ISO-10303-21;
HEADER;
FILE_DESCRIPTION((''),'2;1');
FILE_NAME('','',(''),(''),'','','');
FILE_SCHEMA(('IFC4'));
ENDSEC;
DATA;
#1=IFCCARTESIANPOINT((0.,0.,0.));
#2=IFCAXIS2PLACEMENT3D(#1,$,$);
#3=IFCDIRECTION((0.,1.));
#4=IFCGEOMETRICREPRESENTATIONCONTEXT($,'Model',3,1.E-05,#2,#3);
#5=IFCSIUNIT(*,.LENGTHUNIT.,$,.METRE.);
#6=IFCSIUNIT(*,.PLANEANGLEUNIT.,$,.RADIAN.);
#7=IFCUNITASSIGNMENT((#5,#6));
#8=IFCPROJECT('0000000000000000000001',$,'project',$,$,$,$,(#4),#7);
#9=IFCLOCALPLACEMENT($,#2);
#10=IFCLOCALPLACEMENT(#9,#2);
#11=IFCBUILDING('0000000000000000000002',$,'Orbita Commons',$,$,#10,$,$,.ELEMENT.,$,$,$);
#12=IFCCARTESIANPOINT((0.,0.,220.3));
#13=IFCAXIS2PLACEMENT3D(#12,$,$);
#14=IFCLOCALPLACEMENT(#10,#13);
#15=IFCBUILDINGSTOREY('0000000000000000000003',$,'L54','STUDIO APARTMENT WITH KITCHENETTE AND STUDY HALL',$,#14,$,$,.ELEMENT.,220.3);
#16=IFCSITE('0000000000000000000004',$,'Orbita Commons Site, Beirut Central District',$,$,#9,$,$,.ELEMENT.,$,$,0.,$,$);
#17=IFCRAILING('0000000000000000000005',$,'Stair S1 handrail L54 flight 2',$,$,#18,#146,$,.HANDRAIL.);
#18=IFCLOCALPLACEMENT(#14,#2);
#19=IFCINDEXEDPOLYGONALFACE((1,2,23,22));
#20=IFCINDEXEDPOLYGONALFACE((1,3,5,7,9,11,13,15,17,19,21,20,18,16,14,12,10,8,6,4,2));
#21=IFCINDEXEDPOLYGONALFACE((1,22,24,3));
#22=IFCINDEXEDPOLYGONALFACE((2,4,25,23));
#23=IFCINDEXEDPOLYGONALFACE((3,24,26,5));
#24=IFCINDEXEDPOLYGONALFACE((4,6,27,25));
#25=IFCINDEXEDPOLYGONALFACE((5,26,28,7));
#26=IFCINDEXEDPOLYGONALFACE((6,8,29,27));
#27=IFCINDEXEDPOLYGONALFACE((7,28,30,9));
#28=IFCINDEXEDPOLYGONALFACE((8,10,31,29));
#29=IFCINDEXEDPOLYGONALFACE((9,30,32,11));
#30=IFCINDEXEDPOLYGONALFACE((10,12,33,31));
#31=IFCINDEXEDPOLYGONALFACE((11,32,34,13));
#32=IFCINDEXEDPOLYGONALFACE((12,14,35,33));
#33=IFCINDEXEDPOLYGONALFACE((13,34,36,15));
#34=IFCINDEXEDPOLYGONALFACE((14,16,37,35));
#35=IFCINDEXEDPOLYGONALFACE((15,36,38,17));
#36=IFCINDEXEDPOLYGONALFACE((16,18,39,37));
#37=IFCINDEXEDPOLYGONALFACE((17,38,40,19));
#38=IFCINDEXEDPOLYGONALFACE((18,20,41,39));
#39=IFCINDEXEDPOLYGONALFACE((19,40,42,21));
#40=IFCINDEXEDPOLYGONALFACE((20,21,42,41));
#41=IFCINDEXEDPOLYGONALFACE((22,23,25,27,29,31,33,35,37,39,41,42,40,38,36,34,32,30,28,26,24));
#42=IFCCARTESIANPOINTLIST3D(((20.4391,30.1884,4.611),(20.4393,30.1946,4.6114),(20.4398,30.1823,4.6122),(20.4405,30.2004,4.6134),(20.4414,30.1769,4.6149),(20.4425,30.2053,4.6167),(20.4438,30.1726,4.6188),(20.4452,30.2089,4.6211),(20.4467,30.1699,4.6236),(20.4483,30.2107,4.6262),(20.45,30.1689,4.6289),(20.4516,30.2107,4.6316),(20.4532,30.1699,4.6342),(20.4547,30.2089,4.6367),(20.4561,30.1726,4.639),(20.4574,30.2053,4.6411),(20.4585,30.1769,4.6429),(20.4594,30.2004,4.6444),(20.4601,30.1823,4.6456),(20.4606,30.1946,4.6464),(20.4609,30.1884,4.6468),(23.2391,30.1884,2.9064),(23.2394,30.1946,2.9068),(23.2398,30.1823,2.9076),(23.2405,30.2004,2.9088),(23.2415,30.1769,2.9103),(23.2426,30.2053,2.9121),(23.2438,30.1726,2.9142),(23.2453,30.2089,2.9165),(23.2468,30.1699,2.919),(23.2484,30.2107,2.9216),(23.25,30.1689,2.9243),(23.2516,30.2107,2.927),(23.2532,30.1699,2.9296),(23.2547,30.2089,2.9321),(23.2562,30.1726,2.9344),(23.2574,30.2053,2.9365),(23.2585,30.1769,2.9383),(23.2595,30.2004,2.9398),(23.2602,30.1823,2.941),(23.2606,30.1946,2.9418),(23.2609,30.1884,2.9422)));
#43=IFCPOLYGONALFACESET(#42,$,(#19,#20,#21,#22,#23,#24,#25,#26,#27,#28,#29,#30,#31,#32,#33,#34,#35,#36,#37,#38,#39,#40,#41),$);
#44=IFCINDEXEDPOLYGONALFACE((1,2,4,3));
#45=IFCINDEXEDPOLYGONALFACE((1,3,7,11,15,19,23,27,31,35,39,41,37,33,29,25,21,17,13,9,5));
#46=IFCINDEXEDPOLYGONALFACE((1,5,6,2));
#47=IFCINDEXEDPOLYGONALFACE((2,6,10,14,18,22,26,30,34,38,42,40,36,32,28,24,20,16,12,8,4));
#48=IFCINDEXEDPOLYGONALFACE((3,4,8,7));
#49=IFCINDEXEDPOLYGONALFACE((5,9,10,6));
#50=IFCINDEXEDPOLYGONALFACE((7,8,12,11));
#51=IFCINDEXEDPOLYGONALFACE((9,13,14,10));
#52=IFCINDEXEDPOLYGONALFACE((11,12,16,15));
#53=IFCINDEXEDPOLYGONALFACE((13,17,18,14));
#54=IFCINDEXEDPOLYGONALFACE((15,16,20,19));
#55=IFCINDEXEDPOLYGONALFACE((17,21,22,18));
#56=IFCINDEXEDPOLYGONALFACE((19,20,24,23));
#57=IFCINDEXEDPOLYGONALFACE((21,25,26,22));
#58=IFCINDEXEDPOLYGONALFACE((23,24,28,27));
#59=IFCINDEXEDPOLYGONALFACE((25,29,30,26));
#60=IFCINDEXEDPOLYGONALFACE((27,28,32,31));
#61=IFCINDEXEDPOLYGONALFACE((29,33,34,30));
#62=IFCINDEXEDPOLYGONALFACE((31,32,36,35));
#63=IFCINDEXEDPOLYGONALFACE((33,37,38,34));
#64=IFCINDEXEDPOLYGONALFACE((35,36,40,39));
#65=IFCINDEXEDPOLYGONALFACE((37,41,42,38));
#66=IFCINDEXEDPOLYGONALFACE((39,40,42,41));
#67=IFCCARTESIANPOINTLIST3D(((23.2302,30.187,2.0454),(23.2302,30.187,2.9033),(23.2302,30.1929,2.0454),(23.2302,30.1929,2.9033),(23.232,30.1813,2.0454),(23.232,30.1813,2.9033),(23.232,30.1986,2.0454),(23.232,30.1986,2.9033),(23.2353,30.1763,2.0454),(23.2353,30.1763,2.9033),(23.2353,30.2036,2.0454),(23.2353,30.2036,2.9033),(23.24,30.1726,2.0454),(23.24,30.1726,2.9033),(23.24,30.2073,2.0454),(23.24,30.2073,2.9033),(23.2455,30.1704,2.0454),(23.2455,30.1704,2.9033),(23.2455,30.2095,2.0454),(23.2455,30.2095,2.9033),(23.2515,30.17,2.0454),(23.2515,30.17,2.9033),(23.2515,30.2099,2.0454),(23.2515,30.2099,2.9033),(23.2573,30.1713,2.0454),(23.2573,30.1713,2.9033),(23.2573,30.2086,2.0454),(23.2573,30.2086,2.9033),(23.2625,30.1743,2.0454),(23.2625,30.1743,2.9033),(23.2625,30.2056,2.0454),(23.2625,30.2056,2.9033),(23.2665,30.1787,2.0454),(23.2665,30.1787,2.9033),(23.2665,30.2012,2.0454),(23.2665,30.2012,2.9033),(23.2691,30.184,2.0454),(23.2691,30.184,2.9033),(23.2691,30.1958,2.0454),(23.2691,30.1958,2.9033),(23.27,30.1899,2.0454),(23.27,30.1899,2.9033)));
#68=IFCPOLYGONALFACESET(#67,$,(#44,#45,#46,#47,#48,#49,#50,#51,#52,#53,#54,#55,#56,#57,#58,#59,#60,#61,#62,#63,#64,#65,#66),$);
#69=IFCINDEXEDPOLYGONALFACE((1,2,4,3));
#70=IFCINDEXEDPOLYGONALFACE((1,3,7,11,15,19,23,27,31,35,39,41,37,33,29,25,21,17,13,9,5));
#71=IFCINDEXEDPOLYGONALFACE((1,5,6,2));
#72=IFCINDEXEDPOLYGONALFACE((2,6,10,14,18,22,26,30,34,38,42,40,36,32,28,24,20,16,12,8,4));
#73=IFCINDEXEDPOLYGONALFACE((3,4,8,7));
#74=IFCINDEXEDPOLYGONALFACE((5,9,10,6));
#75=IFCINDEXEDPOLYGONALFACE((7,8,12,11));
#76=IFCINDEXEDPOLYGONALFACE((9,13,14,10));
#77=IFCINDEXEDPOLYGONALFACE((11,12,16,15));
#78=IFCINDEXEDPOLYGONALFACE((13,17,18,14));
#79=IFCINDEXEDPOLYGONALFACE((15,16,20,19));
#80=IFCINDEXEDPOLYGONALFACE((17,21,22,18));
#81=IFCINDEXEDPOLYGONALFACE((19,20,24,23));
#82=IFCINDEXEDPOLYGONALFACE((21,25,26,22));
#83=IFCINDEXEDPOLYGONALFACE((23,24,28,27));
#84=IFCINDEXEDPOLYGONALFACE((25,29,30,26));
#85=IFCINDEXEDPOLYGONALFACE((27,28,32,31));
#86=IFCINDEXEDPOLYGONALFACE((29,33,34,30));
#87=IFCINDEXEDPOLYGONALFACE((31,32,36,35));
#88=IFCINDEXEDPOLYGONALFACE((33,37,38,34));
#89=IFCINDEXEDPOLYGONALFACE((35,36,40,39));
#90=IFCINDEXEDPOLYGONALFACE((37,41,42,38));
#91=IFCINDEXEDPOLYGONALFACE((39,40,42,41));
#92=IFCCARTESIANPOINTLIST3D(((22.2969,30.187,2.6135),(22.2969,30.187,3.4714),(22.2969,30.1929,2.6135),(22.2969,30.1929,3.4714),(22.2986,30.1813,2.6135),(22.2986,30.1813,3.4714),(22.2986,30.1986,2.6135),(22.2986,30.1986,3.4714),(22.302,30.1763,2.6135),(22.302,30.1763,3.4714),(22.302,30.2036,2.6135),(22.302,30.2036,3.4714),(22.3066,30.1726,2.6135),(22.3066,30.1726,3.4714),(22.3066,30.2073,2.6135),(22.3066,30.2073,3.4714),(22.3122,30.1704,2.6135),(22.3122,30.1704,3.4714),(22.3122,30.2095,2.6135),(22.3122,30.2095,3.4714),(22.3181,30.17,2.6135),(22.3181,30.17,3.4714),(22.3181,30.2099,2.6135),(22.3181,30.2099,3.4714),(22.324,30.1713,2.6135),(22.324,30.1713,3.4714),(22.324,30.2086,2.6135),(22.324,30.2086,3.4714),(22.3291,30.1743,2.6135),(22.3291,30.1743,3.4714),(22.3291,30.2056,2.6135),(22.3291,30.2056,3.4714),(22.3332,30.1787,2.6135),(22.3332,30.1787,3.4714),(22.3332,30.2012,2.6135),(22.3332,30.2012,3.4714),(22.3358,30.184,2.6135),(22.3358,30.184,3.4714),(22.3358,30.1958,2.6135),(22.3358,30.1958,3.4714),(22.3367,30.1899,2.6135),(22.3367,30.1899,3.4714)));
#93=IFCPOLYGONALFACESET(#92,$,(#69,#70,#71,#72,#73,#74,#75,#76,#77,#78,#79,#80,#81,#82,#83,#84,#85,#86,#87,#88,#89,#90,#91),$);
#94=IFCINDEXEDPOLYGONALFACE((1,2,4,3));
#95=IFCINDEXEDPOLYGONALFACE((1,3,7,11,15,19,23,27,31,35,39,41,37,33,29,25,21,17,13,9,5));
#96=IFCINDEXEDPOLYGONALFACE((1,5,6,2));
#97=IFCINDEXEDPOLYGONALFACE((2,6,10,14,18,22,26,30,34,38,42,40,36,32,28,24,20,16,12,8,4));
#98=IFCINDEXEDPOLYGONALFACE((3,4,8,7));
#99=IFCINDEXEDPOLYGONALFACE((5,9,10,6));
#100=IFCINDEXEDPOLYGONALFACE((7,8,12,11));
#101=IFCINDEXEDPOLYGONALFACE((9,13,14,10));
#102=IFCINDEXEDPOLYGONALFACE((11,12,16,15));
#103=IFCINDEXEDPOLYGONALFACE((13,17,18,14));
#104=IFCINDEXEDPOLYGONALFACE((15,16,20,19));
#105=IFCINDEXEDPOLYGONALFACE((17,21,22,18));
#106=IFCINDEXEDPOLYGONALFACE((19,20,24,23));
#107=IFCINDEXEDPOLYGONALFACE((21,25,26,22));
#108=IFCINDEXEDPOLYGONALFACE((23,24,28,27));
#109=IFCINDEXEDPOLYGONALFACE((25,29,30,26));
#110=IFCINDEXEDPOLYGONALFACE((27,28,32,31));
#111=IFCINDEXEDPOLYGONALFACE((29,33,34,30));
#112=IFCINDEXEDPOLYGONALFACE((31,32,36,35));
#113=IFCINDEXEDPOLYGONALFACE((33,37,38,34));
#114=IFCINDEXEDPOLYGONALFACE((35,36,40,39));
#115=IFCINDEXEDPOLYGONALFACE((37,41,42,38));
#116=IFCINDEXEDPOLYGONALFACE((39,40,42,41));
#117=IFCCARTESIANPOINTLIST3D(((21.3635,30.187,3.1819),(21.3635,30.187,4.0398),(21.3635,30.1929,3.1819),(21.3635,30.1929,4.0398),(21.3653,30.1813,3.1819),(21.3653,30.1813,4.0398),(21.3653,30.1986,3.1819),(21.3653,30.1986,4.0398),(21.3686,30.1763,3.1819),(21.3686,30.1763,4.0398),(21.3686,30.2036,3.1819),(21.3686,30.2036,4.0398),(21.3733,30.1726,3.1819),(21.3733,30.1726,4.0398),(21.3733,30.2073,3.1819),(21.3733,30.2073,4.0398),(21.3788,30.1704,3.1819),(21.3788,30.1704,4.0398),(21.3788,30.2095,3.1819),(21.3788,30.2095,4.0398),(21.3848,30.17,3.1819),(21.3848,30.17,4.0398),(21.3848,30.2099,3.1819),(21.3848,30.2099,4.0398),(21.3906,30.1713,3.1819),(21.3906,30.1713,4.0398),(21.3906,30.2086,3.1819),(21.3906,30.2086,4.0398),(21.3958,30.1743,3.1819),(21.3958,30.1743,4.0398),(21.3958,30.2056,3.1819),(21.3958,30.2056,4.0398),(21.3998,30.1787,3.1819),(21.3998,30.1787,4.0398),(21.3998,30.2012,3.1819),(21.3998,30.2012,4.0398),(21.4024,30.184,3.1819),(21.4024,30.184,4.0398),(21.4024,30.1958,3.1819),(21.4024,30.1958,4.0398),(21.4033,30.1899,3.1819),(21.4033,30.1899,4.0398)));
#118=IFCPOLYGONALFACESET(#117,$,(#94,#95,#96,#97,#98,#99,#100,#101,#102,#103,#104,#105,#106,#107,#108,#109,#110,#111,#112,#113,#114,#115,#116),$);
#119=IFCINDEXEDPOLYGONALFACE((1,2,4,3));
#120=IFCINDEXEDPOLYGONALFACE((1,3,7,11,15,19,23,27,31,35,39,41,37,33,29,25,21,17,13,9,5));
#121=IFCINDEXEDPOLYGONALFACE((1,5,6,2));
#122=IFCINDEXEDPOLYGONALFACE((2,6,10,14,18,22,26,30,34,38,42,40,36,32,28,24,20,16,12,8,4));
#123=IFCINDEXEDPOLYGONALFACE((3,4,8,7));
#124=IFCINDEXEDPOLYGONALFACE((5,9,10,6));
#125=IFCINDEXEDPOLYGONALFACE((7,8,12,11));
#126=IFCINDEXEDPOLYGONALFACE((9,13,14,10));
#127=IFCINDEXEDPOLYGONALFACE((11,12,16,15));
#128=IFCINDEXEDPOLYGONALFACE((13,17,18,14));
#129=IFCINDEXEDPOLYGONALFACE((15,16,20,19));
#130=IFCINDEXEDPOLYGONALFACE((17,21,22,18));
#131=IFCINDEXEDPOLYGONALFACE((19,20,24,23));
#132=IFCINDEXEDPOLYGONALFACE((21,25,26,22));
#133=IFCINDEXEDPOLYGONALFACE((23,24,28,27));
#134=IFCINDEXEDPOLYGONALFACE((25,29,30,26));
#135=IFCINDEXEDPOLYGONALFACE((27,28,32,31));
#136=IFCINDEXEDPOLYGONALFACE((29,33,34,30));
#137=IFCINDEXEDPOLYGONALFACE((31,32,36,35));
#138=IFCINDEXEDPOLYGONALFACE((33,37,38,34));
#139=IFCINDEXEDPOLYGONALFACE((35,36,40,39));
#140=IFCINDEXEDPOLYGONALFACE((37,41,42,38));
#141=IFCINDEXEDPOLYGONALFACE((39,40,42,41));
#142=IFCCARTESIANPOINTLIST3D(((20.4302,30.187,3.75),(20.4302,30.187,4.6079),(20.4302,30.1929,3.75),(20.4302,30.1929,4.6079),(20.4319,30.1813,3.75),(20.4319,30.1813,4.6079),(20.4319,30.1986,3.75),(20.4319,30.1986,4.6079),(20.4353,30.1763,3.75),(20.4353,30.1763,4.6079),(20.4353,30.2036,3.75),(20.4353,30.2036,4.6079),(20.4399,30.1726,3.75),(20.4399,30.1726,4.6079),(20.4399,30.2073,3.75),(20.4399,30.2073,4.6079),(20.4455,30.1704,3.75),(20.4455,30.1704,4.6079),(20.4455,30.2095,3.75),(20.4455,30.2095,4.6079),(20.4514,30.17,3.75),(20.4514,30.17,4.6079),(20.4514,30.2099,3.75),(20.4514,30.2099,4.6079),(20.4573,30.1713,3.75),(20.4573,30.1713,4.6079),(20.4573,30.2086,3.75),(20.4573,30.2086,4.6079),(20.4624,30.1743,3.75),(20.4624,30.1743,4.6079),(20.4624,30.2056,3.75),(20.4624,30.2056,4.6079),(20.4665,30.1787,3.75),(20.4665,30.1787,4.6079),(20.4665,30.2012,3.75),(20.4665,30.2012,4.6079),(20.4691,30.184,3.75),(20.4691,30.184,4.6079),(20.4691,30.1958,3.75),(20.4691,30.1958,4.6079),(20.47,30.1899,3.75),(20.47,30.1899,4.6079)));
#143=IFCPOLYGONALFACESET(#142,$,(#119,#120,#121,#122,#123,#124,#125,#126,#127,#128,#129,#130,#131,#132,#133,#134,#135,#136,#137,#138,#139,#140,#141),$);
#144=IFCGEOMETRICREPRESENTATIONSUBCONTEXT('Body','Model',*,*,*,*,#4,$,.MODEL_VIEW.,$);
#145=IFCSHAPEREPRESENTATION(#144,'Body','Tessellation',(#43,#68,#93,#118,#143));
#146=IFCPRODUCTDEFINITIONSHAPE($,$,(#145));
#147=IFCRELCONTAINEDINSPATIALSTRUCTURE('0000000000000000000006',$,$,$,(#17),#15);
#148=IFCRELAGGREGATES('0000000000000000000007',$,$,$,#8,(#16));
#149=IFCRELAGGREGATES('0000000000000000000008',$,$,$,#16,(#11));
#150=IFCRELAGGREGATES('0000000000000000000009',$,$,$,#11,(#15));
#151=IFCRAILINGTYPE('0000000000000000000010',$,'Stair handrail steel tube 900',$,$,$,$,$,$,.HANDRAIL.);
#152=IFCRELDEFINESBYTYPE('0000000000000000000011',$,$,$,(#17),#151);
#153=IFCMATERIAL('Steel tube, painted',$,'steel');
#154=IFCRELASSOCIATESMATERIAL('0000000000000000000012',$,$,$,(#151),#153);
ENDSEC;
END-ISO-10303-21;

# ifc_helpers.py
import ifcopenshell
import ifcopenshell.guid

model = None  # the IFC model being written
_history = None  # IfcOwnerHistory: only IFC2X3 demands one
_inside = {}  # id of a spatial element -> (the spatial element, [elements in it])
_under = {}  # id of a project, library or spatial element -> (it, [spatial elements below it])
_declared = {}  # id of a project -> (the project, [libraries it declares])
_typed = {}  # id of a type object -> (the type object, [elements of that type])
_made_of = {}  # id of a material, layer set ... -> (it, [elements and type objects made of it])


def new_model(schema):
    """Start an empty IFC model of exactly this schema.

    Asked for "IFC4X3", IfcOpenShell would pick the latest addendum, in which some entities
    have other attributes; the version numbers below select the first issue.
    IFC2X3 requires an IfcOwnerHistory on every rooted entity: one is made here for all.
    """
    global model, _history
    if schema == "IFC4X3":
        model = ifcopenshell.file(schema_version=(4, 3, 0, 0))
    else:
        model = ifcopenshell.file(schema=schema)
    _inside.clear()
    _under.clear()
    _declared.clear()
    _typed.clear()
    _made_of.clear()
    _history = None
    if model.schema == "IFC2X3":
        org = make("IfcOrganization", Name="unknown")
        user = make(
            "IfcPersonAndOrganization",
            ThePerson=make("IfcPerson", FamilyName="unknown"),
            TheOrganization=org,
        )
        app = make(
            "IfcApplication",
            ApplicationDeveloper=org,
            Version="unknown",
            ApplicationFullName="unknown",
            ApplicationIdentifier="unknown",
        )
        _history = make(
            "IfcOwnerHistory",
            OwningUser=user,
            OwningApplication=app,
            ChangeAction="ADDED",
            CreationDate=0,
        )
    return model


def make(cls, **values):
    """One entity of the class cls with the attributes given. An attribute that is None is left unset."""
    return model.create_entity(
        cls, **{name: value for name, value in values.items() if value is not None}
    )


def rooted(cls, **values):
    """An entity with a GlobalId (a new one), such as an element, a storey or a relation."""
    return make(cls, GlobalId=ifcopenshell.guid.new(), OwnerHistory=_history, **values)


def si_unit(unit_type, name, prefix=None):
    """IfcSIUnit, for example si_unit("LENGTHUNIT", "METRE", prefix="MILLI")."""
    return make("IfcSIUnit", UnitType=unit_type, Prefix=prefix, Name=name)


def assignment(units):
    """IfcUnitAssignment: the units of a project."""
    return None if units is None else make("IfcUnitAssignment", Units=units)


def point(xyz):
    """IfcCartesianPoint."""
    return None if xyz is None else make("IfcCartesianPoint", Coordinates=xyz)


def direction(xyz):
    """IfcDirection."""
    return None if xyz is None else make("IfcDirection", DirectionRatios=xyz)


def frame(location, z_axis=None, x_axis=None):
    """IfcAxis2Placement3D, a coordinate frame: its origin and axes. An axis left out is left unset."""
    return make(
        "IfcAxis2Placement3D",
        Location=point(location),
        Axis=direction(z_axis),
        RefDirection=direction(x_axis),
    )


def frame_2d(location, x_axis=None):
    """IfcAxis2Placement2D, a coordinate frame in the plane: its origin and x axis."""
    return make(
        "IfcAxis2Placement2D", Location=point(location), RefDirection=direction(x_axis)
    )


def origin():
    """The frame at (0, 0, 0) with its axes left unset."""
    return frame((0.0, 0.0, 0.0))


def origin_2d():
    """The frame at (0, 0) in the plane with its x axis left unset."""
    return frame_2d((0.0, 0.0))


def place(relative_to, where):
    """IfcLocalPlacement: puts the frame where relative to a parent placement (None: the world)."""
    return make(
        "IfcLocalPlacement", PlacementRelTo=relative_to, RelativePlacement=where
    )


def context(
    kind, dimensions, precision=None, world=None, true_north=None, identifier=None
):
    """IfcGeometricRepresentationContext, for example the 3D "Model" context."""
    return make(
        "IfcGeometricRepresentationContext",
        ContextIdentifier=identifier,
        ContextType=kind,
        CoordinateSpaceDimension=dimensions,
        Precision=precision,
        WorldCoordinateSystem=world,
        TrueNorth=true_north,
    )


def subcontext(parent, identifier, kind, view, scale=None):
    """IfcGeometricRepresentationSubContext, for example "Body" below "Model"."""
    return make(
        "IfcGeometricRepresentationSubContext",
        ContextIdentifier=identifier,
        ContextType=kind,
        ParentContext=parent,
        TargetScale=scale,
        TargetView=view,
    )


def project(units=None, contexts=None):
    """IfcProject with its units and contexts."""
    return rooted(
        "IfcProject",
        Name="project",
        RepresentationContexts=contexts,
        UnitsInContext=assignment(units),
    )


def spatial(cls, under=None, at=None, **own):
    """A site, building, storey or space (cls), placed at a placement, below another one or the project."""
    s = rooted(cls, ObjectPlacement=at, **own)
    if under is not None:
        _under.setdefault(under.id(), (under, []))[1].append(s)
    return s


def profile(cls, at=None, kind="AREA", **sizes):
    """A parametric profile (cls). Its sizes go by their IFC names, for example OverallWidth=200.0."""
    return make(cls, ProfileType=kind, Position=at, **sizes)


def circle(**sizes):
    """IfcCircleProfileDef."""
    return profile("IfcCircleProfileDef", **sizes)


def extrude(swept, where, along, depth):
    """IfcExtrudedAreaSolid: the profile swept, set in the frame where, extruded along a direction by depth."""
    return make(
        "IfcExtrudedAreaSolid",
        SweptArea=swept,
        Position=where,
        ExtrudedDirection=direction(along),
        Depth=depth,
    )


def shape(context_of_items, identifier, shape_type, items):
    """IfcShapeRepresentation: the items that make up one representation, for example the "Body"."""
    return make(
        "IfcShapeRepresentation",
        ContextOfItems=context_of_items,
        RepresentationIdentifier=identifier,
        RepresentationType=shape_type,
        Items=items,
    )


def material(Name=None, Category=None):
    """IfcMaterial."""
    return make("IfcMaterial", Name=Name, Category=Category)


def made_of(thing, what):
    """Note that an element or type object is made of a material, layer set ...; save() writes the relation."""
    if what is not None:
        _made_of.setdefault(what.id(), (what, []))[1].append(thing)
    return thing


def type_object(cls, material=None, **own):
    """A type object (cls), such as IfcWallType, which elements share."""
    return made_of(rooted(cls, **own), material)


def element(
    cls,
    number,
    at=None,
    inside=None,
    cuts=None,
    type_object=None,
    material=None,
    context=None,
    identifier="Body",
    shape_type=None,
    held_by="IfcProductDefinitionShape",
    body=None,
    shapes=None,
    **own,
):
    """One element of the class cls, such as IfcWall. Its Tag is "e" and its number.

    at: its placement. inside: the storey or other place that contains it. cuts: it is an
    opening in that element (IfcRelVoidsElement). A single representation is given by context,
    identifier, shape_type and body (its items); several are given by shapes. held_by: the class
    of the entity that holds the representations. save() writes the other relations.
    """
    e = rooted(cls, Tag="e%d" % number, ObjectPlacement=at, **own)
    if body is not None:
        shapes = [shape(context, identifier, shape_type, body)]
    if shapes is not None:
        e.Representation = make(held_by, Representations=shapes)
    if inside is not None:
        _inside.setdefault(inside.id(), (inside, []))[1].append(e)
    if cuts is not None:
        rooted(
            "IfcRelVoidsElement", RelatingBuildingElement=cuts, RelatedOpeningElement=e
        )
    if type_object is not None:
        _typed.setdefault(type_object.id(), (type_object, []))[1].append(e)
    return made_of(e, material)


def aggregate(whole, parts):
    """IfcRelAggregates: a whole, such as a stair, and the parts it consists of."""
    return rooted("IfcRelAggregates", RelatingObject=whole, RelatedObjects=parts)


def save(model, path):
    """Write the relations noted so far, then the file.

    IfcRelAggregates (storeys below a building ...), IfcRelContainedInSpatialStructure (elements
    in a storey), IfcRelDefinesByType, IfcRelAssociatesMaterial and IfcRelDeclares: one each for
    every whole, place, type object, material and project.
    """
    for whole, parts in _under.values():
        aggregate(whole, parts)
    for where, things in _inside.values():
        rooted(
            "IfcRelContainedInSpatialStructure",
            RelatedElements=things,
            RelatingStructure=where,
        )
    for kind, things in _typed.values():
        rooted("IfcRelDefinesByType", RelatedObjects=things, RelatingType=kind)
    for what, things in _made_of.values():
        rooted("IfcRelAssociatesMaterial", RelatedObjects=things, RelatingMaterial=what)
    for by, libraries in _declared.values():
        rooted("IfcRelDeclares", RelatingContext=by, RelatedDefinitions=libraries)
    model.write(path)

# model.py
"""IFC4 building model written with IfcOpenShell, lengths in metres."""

from ifc_helpers import new_model, si_unit, direction, frame, origin, origin_2d, place, context, subcontext, project, spatial, circle, extrude, material, type_object, element, save


model = new_model("IFC4")

# Units and contexts
model_context = context("Model", 3, precision=1e-05, world=origin(), true_north=direction((0.0, 1.0)))
body_context = subcontext(model_context, "Body", "Model", "MODEL_VIEW")
ifc_project = project(units=[si_unit("LENGTHUNIT", "METRE"), si_unit("PLANEANGLEUNIT", "RADIAN")], contexts=[model_context])

# Site, building, storey
site_placement = place(None, origin())
site = spatial("IfcSite", under=ifc_project, at=site_placement, Name="Orbita Commons Site, Beirut Central District", CompositionType="ELEMENT", RefElevation=0.0)
building_placement = place(site_placement, origin())
building = spatial("IfcBuilding", under=site, at=building_placement, Name="Orbita Commons", CompositionType="ELEMENT")
storey_placement = place(building_placement, frame((0.0, 0.0, 220.3)))
storey = spatial("IfcBuildingStorey", under=building, at=storey_placement, Name="L54", Description="STUDIO APARTMENT WITH KITCHENETTE AND STUDY HALL", CompositionType="ELEMENT", Elevation=220.3)

# Railing
ifc_material_1 = material(Name="Steel tube, painted", Category="steel")
railing_type = type_object("IfcRailingType", Name="Stair handrail steel tube 900", PredefinedType="HANDRAIL", material=ifc_material_1)
for number, where, name in (
    (1, (23.25, 30.1899, 2.0454), "Stair S1 handrail L54 flight 2"),
):
    element("IfcRailing", number, at=place(storey_placement, frame(where)), inside=storey, type_object=railing_type, Name=name, PredefinedType="HANDRAIL", context=body_context, shape_type="SweptSolid", body=[
        extrude(circle(Radius=0.021, at=origin_2d()), frame((0.0, 0.0, 0.8789), z_axis=(-0.85417, 0.0, 0.519994), x_axis=(0.0, -1.0, 0.0)), (0.0, 0.0, 1.0), 3.2781),
        extrude(circle(Radius=0.02, at=origin_2d()), origin(), (0.0, 0.0, 1.0), 0.8579),
        extrude(circle(Radius=0.02, at=origin_2d()), frame((-0.9333, 0.0, 0.5681)), (0.0, 0.0, 1.0), 0.8579),
        extrude(circle(Radius=0.02, at=origin_2d()), frame((-1.8667, 0.0, 1.1365)), (0.0, 0.0, 1.0), 0.8579),
        extrude(circle(Radius=0.02, at=origin_2d()), frame((-2.8, 0.0, 1.7046)), (0.0, 0.0, 1.0), 0.8579),
    ])

save(model, "model.ifc")
